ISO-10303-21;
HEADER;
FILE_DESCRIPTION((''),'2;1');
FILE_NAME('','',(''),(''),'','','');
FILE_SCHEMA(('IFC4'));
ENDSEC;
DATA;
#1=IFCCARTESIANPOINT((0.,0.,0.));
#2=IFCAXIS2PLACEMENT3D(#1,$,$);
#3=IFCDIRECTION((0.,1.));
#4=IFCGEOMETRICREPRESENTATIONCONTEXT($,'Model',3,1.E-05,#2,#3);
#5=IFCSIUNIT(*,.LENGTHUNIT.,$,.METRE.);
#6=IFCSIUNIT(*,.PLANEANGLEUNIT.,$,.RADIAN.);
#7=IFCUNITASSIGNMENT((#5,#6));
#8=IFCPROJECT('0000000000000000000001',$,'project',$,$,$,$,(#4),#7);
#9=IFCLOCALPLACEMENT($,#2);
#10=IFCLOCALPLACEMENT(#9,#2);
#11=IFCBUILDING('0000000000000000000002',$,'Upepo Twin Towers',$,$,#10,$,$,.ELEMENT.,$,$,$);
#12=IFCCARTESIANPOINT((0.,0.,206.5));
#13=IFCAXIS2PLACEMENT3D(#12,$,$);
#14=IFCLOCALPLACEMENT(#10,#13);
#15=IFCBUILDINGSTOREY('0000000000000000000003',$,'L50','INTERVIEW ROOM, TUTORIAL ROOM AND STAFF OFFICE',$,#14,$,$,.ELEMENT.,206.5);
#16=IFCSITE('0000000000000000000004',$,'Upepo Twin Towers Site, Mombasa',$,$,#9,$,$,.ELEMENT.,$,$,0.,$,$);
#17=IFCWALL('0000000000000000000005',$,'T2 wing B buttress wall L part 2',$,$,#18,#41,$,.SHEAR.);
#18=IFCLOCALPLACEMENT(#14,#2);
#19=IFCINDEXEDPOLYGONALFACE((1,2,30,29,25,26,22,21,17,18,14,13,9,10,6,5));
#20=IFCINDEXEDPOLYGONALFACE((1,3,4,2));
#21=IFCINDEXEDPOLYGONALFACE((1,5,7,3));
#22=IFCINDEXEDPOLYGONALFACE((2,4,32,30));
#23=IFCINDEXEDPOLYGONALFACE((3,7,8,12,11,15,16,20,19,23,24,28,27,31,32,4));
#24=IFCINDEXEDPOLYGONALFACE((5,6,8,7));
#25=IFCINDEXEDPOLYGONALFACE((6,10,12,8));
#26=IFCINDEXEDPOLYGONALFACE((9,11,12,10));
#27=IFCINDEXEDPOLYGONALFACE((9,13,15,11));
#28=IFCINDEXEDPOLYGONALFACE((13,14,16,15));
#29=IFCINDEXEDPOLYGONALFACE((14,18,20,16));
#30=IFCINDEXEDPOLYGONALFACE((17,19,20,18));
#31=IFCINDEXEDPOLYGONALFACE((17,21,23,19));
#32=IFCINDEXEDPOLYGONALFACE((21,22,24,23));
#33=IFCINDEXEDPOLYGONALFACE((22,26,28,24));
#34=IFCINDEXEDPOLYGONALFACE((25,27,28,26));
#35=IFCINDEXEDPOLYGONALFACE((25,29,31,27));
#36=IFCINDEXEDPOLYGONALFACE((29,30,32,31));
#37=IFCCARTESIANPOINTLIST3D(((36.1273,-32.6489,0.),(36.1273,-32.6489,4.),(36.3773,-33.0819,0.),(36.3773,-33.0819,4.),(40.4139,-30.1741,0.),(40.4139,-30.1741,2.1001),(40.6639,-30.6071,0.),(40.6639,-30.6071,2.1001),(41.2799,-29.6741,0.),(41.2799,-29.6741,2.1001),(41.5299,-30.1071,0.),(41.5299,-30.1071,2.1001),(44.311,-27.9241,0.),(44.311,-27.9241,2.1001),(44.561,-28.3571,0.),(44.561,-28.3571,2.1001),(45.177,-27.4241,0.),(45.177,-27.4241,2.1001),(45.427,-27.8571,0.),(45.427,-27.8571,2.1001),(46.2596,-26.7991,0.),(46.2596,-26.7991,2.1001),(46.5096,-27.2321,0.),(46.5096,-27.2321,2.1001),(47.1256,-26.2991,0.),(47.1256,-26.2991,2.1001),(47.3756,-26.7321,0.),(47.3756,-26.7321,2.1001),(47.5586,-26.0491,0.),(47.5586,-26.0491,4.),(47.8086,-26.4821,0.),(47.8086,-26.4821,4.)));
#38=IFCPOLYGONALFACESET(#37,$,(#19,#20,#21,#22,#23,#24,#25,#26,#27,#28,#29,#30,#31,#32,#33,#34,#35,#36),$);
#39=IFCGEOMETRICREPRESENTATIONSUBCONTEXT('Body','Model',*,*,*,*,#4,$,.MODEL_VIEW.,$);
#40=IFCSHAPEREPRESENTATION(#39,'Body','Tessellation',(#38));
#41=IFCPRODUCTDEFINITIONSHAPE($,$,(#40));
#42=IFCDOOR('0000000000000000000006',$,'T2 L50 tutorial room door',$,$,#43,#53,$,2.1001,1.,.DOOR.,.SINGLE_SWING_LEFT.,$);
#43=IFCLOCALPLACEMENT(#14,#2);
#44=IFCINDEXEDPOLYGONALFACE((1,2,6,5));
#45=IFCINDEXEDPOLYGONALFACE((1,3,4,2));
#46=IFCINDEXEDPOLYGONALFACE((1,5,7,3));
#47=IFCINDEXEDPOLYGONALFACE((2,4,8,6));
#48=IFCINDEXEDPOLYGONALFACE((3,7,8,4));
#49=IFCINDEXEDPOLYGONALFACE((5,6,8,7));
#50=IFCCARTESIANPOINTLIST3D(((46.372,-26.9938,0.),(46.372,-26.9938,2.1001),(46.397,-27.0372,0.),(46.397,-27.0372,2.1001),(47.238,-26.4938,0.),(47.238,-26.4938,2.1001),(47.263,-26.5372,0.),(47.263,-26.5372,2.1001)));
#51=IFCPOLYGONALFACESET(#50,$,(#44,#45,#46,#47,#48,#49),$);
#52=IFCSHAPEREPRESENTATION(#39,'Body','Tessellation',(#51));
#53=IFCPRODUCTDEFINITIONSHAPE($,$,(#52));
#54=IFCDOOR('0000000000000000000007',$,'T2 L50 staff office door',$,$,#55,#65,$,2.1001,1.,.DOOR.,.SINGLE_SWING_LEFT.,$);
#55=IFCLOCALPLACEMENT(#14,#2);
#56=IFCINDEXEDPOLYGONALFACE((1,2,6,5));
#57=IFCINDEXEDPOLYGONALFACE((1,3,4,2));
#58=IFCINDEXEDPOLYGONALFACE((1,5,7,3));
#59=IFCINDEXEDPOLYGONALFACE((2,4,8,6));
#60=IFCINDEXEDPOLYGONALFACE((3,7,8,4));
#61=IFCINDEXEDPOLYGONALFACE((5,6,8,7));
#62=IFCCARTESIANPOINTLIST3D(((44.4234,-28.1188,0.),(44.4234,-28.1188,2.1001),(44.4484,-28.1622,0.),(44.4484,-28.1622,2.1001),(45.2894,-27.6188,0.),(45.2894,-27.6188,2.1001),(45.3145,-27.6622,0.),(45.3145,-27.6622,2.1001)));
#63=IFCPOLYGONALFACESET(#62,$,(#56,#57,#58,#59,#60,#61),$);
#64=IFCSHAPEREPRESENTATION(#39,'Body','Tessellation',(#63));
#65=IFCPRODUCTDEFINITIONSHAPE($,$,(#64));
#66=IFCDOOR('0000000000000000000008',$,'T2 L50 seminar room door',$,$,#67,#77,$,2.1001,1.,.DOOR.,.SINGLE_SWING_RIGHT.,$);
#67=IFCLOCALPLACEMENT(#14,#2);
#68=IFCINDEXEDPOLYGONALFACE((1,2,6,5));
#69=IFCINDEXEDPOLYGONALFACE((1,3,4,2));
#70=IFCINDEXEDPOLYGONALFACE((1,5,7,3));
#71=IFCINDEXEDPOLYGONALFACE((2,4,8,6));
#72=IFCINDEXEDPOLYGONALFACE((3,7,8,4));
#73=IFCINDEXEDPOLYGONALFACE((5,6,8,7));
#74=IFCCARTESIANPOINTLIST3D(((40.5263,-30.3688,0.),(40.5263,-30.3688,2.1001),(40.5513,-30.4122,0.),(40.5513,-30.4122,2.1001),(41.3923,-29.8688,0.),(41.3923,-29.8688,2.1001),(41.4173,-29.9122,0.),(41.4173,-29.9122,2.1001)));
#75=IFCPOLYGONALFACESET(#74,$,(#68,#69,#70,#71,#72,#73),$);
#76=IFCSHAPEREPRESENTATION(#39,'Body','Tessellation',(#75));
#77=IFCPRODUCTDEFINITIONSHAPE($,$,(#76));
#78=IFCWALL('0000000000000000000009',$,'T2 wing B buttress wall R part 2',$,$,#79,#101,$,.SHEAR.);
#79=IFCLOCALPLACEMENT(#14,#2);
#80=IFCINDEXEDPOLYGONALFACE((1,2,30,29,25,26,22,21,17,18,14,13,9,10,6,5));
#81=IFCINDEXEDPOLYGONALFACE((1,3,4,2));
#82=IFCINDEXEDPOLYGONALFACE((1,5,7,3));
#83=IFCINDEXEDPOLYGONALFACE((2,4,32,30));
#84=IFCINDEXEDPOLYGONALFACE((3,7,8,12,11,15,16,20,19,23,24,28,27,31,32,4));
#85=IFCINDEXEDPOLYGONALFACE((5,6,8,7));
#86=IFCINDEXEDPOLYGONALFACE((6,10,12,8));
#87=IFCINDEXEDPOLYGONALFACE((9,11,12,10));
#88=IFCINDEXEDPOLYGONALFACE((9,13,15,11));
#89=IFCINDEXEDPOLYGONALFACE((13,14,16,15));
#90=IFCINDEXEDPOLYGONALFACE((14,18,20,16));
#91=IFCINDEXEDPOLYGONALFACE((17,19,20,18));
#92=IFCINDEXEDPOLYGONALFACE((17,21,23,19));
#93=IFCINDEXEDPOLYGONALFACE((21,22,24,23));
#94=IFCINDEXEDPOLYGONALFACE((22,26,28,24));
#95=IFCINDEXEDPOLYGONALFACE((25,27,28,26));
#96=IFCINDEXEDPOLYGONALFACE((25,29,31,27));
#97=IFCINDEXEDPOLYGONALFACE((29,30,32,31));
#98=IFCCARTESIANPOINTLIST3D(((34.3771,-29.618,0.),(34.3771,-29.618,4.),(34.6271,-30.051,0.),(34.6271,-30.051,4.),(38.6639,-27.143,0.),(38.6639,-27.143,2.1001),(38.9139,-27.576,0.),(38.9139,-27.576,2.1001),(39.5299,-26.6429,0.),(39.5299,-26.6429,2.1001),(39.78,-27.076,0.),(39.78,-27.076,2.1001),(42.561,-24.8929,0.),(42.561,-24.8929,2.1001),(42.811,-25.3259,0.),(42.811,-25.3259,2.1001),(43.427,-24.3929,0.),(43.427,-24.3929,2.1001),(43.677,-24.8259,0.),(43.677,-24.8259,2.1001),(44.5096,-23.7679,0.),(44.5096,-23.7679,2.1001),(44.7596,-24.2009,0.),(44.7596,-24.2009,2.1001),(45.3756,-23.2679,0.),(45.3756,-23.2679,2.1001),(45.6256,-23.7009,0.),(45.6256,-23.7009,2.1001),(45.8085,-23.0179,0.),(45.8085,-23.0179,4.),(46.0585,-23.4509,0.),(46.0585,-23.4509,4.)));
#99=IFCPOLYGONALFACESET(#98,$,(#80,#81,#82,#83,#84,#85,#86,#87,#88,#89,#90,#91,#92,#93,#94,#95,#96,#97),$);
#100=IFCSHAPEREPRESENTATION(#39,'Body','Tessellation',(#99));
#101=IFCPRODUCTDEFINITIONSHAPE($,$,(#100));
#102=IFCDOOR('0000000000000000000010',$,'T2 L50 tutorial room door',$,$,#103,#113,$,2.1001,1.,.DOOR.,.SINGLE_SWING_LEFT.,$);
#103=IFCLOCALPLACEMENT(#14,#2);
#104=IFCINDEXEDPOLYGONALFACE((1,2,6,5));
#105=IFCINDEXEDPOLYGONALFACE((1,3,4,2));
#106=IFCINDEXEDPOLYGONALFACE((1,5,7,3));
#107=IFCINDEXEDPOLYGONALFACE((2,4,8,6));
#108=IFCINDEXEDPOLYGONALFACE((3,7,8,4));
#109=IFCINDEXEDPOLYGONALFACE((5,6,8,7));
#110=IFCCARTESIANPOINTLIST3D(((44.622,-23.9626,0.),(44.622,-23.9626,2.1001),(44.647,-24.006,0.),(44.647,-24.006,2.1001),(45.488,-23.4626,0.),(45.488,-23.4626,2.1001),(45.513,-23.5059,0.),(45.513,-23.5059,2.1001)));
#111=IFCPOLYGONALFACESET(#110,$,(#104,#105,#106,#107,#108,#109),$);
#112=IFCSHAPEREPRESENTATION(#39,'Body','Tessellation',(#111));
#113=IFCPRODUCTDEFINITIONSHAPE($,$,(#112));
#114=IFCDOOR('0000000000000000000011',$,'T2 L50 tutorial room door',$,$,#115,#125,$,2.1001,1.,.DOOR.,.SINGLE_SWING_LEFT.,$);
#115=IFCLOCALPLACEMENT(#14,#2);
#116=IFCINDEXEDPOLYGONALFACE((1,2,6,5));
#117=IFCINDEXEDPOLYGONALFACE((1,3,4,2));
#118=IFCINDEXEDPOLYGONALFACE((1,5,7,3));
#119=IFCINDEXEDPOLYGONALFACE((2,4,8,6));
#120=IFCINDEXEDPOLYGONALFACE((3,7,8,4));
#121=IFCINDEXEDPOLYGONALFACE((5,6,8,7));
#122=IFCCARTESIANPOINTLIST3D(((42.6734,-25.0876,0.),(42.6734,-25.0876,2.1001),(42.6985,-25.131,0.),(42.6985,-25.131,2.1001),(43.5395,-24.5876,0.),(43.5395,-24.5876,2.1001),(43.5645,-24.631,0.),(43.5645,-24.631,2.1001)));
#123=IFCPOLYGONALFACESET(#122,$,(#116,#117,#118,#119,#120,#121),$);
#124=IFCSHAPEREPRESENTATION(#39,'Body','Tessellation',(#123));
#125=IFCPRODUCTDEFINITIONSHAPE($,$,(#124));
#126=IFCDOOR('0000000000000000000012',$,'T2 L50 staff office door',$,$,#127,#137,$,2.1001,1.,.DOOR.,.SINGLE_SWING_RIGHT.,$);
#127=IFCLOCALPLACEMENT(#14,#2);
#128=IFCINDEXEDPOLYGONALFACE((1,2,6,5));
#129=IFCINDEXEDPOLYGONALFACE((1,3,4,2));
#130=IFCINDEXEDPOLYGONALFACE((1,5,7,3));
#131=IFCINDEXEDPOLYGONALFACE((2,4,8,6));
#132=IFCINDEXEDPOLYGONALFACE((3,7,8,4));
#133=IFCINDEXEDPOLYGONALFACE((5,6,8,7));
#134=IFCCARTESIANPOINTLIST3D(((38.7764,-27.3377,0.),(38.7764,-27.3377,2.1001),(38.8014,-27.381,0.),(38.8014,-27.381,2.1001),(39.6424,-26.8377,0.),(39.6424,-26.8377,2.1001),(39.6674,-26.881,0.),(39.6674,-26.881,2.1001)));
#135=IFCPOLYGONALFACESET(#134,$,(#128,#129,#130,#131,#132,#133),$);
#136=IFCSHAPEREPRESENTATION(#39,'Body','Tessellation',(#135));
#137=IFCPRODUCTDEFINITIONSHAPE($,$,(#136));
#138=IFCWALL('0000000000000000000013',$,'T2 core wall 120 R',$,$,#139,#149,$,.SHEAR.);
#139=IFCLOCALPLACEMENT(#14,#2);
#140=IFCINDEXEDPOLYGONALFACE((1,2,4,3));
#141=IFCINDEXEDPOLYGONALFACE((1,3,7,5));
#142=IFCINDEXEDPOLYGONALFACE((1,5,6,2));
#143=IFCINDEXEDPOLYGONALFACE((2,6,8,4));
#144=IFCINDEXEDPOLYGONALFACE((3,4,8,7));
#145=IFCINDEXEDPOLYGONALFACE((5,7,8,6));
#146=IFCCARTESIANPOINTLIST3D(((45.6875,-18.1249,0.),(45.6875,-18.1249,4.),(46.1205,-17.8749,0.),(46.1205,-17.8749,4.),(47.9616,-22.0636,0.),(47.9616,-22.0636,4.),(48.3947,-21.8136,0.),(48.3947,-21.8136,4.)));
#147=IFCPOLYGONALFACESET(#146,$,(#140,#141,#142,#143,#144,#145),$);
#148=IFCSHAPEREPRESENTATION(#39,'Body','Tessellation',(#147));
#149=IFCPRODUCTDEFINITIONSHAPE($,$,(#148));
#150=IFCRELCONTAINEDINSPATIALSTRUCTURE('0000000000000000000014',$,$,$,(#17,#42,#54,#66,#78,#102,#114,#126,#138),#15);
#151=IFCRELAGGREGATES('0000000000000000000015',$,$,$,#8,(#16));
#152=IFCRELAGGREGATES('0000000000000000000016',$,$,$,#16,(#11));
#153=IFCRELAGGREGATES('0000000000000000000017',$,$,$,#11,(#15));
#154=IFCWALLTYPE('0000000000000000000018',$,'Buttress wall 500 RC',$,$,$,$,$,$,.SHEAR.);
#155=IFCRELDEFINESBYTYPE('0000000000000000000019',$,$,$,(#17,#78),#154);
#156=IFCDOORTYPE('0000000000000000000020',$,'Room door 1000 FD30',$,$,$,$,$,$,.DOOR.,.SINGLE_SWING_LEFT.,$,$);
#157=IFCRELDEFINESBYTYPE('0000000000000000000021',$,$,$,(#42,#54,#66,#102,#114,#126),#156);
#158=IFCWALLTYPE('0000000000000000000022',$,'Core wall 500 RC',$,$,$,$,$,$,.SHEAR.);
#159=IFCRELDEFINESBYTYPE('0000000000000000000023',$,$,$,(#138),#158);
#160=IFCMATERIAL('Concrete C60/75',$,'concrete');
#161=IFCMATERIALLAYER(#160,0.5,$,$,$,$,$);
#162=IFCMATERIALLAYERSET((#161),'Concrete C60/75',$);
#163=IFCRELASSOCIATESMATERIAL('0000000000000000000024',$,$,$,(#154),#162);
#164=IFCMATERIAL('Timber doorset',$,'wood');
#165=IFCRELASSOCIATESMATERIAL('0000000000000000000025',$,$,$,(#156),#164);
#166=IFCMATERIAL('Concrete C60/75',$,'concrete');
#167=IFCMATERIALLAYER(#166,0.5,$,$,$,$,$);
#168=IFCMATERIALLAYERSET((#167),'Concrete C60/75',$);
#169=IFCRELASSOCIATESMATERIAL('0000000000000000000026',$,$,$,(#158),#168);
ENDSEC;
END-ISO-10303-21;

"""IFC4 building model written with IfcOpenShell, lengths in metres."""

from ifc_helpers import new_model, si_unit, direction, frame, frame_2d, origin, place, context, subcontext, project, spatial, rectangle, extrude, material, layer, layer_set, type_object, element, fill, save


model = new_model("IFC4")

# Units and contexts
model_context = context("Model", 3, precision=1e-05, world=origin(), true_north=direction((0.0, 1.0)))
body_context = subcontext(model_context, "Body", "Model", "MODEL_VIEW")
ifc_project = project(units=[si_unit("LENGTHUNIT", "METRE"), si_unit("PLANEANGLEUNIT", "RADIAN")], contexts=[model_context])

# Site, building, storey
site_placement = place(None, origin())
site = spatial("IfcSite", under=ifc_project, at=site_placement, Name="Upepo Twin Towers Site, Mombasa", CompositionType="ELEMENT", RefElevation=0.0)
building_placement = place(site_placement, origin())
building = spatial("IfcBuilding", under=site, at=building_placement, Name="Upepo Twin Towers", CompositionType="ELEMENT")
storey_placement = place(building_placement, frame((0.0, 0.0, 206.5)))
storey = spatial("IfcBuildingStorey", under=building, at=storey_placement, Name="L50", Description="INTERVIEW ROOM, TUTORIAL ROOM AND STAFF OFFICE", CompositionType="ELEMENT", Elevation=206.5)

# Walls, openings, doors
ifc_material_1 = material(Name="Concrete C60/75", Category="concrete")
ifc_layer_1 = layer(ifc_material_1, 0.5)
ifc_layer_set_1 = layer_set([ifc_layer_1], Name="Concrete C60/75")
wall_type_1 = type_object("IfcWallType", Name="Buttress wall 500 RC", PredefinedType="SHEAR", material=ifc_layer_set_1)
wall_1_placement = place(storey_placement, frame((47.6836, -26.2656, 0.0), z_axis=(0.0, 0.0, 1.0), x_axis=(-0.866028, -0.499996, 0.0)))
wall_1 = element("IfcWall", 1, at=wall_1_placement, inside=storey, type_object=wall_type_1, Name="T2 wing B buttress wall L part 2", PredefinedType="SHEAR", context=body_context, shape_type="SweptSolid", body=[
    extrude(rectangle(XDim=13.1997, YDim=0.5, at=frame_2d((6.5999, 0.0))), origin(), (0.0, 0.0, 1.0), 4.0),
])
opening_1_placement = place(wall_1_placement, frame((0.5, 0.0, 0.0)))
opening_1 = element("IfcOpeningElement", 2, at=opening_1_placement, cuts=wall_1, PredefinedType="OPENING", context=body_context, shape_type="SweptSolid", body=[
    extrude(rectangle(XDim=1.0, YDim=2.1001, at=frame_2d((0.5, 1.05))), frame((0.0, 0.26, 0.0), z_axis=(0.0, -1.0, 0.0), x_axis=(1.0, 0.0, 0.0)), (0.0, 0.0, 1.0), 0.52),
])
opening_2_placement = place(wall_1_placement, frame((2.75, 0.0, 0.0)))
opening_2 = element("IfcOpeningElement", 3, at=opening_2_placement, cuts=wall_1, PredefinedType="OPENING", context=body_context, shape_type="SweptSolid", body=[
    extrude(rectangle(XDim=1.0, YDim=2.1001, at=frame_2d((0.5, 1.05))), frame((0.0, 0.26, 0.0), z_axis=(0.0, -1.0, 0.0), x_axis=(1.0, 0.0, 0.0)), (0.0, 0.0, 1.0), 0.52),
])
opening_3_placement = place(wall_1_placement, frame((7.25, 0.0, 0.0)))
opening_3 = element("IfcOpeningElement", 4, at=opening_3_placement, cuts=wall_1, PredefinedType="OPENING", context=body_context, shape_type="SweptSolid", body=[
    extrude(rectangle(XDim=1.0, YDim=2.1001, at=frame_2d((0.5, 1.05))), frame((0.0, 0.26, 0.0), z_axis=(0.0, -1.0, 0.0), x_axis=(1.0, 0.0, 0.0)), (0.0, 0.0, 1.0), 0.52),
])
ifc_material_2 = material(Name="Timber doorset", Category="wood")
door_type_1 = type_object("IfcDoorType", Name="Room door 1000 FD30", OperationType="SINGLE_SWING_LEFT", PredefinedType="DOOR", material=ifc_material_2)
door_1_placement = place(opening_1_placement, origin())
door_1 = element("IfcDoor", 5, at=door_1_placement, inside=storey, type_object=door_type_1, Name="T2 L50 tutorial room door", OperationType="SINGLE_SWING_LEFT", OverallHeight=2.1001, OverallWidth=1.0, PredefinedType="DOOR", context=body_context, shape_type="SweptSolid", body=[
    extrude(rectangle(XDim=1.0, YDim=2.1001, at=frame_2d((0.5, 1.05))), frame((0.0, 0.0249, 0.0), z_axis=(0.0, -1.0, 0.0), x_axis=(1.0, 0.0, 0.0)), (0.0, 0.0, 1.0), 0.05),
])
fill(opening_1, door_1)
door_2_placement = place(opening_2_placement, origin())
door_2 = element("IfcDoor", 6, at=door_2_placement, inside=storey, type_object=door_type_1, Name="T2 L50 staff office door", OperationType="SINGLE_SWING_LEFT", OverallHeight=2.1001, OverallWidth=1.0, PredefinedType="DOOR", context=body_context, shape_type="SweptSolid", body=[
    extrude(rectangle(XDim=1.0, YDim=2.1001, at=frame_2d((0.5, 1.05))), frame((0.0, 0.0249, 0.0), z_axis=(0.0, -1.0, 0.0), x_axis=(1.0, 0.0, 0.0)), (0.0, 0.0, 1.0), 0.05),
])
fill(opening_2, door_2)
door_3_placement = place(opening_3_placement, origin())
door_3 = element("IfcDoor", 7, at=door_3_placement, inside=storey, type_object=door_type_1, Name="T2 L50 seminar room door", OperationType="SINGLE_SWING_RIGHT", OverallHeight=2.1001, OverallWidth=1.0, PredefinedType="DOOR", context=body_context, shape_type="SweptSolid", body=[
    extrude(rectangle(XDim=1.0, YDim=2.1001, at=frame_2d((0.5, 1.05))), frame((0.0, 0.0249, 0.0), z_axis=(0.0, -1.0, 0.0), x_axis=(1.0, 0.0, 0.0)), (0.0, 0.0, 1.0), 0.05),
])
fill(opening_3, door_3)
wall_2_placement = place(storey_placement, frame((45.9336, -23.2344, 0.0), z_axis=(0.0, 0.0, 1.0), x_axis=(-0.86602, -0.50001, 0.0)))
wall_2 = element("IfcWall", 8, at=wall_2_placement, inside=storey, type_object=wall_type_1, Name="T2 wing B buttress wall R part 2", PredefinedType="SHEAR", context=body_context, shape_type="SweptSolid", body=[
    extrude(rectangle(XDim=13.2, YDim=0.5, at=frame_2d((6.6001, 0.0))), origin(), (0.0, 0.0, 1.0), 4.0),
])
opening_4_placement = place(wall_2_placement, frame((0.5, 0.0, 0.0)))
opening_4 = element("IfcOpeningElement", 9, at=opening_4_placement, cuts=wall_2, PredefinedType="OPENING", context=body_context, shape_type="SweptSolid", body=[
    extrude(rectangle(XDim=1.0, YDim=2.1001, at=frame_2d((0.5, 1.05))), frame((0.0, 0.26, 0.0), z_axis=(0.0, -1.0, 0.0), x_axis=(1.0, 0.0, 0.0)), (0.0, 0.0, 1.0), 0.52),
])
opening_5_placement = place(wall_2_placement, frame((2.75, 0.0, 0.0)))
opening_5 = element("IfcOpeningElement", 10, at=opening_5_placement, cuts=wall_2, PredefinedType="OPENING", context=body_context, shape_type="SweptSolid", body=[
    extrude(rectangle(XDim=1.0, YDim=2.1001, at=frame_2d((0.5, 1.05))), frame((0.0, 0.26, 0.0), z_axis=(0.0, -1.0, 0.0), x_axis=(1.0, 0.0, 0.0)), (0.0, 0.0, 1.0), 0.52),
])
opening_6_placement = place(wall_2_placement, frame((7.25, 0.0, 0.0)))
opening_6 = element("IfcOpeningElement", 11, at=opening_6_placement, cuts=wall_2, PredefinedType="OPENING", context=body_context, shape_type="SweptSolid", body=[
    extrude(rectangle(XDim=1.0, YDim=2.1001, at=frame_2d((0.5, 1.05))), frame((0.0, 0.26, 0.0), z_axis=(0.0, -1.0, 0.0), x_axis=(1.0, 0.0, 0.0)), (0.0, 0.0, 1.0), 0.52),
])
door_4_placement = place(opening_4_placement, origin())
door_4 = element("IfcDoor", 12, at=door_4_placement, inside=storey, type_object=door_type_1, Name="T2 L50 tutorial room door", OperationType="SINGLE_SWING_LEFT", OverallHeight=2.1001, OverallWidth=1.0, PredefinedType="DOOR", context=body_context, shape_type="SweptSolid", body=[
    extrude(rectangle(XDim=1.0, YDim=2.1001, at=frame_2d((0.5, 1.05))), frame((0.0, 0.0249, 0.0), z_axis=(0.0, -1.0, 0.0), x_axis=(1.0, 0.0, 0.0)), (0.0, 0.0, 1.0), 0.05),
])
fill(opening_4, door_4)
door_5_placement = place(opening_5_placement, origin())
door_5 = element("IfcDoor", 13, at=door_5_placement, inside=storey, type_object=door_type_1, Name="T2 L50 tutorial room door", OperationType="SINGLE_SWING_LEFT", OverallHeight=2.1001, OverallWidth=1.0, PredefinedType="DOOR", context=body_context, shape_type="SweptSolid", body=[
    extrude(rectangle(XDim=1.0, YDim=2.1001, at=frame_2d((0.5, 1.05))), frame((0.0, 0.0249, 0.0), z_axis=(0.0, -1.0, 0.0), x_axis=(1.0, 0.0, 0.0)), (0.0, 0.0, 1.0), 0.05),
])
fill(opening_5, door_5)
door_6_placement = place(opening_6_placement, origin())
door_6 = element("IfcDoor", 14, at=door_6_placement, inside=storey, type_object=door_type_1, Name="T2 L50 staff office door", OperationType="SINGLE_SWING_RIGHT", OverallHeight=2.1001, OverallWidth=1.0, PredefinedType="DOOR", context=body_context, shape_type="SweptSolid", body=[
    extrude(rectangle(XDim=1.0, YDim=2.1001, at=frame_2d((0.5, 1.05))), frame((0.0, 0.0249, 0.0), z_axis=(0.0, -1.0, 0.0), x_axis=(1.0, 0.0, 0.0)), (0.0, 0.0, 1.0), 0.05),
])
fill(opening_6, door_6)

# Wall
ifc_material_3 = material(Name="Concrete C60/75", Category="concrete")
ifc_layer_2 = layer(ifc_material_3, 0.5)
ifc_layer_set_2 = layer_set([ifc_layer_2], Name="Concrete C60/75")
wall_type_2 = type_object("IfcWallType", Name="Core wall 500 RC", PredefinedType="SHEAR", material=ifc_layer_set_2)
wall_3_placement = place(storey_placement, frame((45.9041, -18.0, 0.0), z_axis=(0.0, 0.0, 1.0), x_axis=(0.500024, -0.866011, 0.0)))
element("IfcWall", 15, at=wall_3_placement, inside=storey, type_object=wall_type_2, Name="T2 core wall 120 R", PredefinedType="SHEAR", context=body_context, shape_type="SweptSolid", body=[
    extrude(rectangle(XDim=4.5481, YDim=0.5, at=frame_2d((2.2739, 0.0))), origin(), (0.0, 0.0, 1.0), 4.0),
])

save(model, "model.ifc")
